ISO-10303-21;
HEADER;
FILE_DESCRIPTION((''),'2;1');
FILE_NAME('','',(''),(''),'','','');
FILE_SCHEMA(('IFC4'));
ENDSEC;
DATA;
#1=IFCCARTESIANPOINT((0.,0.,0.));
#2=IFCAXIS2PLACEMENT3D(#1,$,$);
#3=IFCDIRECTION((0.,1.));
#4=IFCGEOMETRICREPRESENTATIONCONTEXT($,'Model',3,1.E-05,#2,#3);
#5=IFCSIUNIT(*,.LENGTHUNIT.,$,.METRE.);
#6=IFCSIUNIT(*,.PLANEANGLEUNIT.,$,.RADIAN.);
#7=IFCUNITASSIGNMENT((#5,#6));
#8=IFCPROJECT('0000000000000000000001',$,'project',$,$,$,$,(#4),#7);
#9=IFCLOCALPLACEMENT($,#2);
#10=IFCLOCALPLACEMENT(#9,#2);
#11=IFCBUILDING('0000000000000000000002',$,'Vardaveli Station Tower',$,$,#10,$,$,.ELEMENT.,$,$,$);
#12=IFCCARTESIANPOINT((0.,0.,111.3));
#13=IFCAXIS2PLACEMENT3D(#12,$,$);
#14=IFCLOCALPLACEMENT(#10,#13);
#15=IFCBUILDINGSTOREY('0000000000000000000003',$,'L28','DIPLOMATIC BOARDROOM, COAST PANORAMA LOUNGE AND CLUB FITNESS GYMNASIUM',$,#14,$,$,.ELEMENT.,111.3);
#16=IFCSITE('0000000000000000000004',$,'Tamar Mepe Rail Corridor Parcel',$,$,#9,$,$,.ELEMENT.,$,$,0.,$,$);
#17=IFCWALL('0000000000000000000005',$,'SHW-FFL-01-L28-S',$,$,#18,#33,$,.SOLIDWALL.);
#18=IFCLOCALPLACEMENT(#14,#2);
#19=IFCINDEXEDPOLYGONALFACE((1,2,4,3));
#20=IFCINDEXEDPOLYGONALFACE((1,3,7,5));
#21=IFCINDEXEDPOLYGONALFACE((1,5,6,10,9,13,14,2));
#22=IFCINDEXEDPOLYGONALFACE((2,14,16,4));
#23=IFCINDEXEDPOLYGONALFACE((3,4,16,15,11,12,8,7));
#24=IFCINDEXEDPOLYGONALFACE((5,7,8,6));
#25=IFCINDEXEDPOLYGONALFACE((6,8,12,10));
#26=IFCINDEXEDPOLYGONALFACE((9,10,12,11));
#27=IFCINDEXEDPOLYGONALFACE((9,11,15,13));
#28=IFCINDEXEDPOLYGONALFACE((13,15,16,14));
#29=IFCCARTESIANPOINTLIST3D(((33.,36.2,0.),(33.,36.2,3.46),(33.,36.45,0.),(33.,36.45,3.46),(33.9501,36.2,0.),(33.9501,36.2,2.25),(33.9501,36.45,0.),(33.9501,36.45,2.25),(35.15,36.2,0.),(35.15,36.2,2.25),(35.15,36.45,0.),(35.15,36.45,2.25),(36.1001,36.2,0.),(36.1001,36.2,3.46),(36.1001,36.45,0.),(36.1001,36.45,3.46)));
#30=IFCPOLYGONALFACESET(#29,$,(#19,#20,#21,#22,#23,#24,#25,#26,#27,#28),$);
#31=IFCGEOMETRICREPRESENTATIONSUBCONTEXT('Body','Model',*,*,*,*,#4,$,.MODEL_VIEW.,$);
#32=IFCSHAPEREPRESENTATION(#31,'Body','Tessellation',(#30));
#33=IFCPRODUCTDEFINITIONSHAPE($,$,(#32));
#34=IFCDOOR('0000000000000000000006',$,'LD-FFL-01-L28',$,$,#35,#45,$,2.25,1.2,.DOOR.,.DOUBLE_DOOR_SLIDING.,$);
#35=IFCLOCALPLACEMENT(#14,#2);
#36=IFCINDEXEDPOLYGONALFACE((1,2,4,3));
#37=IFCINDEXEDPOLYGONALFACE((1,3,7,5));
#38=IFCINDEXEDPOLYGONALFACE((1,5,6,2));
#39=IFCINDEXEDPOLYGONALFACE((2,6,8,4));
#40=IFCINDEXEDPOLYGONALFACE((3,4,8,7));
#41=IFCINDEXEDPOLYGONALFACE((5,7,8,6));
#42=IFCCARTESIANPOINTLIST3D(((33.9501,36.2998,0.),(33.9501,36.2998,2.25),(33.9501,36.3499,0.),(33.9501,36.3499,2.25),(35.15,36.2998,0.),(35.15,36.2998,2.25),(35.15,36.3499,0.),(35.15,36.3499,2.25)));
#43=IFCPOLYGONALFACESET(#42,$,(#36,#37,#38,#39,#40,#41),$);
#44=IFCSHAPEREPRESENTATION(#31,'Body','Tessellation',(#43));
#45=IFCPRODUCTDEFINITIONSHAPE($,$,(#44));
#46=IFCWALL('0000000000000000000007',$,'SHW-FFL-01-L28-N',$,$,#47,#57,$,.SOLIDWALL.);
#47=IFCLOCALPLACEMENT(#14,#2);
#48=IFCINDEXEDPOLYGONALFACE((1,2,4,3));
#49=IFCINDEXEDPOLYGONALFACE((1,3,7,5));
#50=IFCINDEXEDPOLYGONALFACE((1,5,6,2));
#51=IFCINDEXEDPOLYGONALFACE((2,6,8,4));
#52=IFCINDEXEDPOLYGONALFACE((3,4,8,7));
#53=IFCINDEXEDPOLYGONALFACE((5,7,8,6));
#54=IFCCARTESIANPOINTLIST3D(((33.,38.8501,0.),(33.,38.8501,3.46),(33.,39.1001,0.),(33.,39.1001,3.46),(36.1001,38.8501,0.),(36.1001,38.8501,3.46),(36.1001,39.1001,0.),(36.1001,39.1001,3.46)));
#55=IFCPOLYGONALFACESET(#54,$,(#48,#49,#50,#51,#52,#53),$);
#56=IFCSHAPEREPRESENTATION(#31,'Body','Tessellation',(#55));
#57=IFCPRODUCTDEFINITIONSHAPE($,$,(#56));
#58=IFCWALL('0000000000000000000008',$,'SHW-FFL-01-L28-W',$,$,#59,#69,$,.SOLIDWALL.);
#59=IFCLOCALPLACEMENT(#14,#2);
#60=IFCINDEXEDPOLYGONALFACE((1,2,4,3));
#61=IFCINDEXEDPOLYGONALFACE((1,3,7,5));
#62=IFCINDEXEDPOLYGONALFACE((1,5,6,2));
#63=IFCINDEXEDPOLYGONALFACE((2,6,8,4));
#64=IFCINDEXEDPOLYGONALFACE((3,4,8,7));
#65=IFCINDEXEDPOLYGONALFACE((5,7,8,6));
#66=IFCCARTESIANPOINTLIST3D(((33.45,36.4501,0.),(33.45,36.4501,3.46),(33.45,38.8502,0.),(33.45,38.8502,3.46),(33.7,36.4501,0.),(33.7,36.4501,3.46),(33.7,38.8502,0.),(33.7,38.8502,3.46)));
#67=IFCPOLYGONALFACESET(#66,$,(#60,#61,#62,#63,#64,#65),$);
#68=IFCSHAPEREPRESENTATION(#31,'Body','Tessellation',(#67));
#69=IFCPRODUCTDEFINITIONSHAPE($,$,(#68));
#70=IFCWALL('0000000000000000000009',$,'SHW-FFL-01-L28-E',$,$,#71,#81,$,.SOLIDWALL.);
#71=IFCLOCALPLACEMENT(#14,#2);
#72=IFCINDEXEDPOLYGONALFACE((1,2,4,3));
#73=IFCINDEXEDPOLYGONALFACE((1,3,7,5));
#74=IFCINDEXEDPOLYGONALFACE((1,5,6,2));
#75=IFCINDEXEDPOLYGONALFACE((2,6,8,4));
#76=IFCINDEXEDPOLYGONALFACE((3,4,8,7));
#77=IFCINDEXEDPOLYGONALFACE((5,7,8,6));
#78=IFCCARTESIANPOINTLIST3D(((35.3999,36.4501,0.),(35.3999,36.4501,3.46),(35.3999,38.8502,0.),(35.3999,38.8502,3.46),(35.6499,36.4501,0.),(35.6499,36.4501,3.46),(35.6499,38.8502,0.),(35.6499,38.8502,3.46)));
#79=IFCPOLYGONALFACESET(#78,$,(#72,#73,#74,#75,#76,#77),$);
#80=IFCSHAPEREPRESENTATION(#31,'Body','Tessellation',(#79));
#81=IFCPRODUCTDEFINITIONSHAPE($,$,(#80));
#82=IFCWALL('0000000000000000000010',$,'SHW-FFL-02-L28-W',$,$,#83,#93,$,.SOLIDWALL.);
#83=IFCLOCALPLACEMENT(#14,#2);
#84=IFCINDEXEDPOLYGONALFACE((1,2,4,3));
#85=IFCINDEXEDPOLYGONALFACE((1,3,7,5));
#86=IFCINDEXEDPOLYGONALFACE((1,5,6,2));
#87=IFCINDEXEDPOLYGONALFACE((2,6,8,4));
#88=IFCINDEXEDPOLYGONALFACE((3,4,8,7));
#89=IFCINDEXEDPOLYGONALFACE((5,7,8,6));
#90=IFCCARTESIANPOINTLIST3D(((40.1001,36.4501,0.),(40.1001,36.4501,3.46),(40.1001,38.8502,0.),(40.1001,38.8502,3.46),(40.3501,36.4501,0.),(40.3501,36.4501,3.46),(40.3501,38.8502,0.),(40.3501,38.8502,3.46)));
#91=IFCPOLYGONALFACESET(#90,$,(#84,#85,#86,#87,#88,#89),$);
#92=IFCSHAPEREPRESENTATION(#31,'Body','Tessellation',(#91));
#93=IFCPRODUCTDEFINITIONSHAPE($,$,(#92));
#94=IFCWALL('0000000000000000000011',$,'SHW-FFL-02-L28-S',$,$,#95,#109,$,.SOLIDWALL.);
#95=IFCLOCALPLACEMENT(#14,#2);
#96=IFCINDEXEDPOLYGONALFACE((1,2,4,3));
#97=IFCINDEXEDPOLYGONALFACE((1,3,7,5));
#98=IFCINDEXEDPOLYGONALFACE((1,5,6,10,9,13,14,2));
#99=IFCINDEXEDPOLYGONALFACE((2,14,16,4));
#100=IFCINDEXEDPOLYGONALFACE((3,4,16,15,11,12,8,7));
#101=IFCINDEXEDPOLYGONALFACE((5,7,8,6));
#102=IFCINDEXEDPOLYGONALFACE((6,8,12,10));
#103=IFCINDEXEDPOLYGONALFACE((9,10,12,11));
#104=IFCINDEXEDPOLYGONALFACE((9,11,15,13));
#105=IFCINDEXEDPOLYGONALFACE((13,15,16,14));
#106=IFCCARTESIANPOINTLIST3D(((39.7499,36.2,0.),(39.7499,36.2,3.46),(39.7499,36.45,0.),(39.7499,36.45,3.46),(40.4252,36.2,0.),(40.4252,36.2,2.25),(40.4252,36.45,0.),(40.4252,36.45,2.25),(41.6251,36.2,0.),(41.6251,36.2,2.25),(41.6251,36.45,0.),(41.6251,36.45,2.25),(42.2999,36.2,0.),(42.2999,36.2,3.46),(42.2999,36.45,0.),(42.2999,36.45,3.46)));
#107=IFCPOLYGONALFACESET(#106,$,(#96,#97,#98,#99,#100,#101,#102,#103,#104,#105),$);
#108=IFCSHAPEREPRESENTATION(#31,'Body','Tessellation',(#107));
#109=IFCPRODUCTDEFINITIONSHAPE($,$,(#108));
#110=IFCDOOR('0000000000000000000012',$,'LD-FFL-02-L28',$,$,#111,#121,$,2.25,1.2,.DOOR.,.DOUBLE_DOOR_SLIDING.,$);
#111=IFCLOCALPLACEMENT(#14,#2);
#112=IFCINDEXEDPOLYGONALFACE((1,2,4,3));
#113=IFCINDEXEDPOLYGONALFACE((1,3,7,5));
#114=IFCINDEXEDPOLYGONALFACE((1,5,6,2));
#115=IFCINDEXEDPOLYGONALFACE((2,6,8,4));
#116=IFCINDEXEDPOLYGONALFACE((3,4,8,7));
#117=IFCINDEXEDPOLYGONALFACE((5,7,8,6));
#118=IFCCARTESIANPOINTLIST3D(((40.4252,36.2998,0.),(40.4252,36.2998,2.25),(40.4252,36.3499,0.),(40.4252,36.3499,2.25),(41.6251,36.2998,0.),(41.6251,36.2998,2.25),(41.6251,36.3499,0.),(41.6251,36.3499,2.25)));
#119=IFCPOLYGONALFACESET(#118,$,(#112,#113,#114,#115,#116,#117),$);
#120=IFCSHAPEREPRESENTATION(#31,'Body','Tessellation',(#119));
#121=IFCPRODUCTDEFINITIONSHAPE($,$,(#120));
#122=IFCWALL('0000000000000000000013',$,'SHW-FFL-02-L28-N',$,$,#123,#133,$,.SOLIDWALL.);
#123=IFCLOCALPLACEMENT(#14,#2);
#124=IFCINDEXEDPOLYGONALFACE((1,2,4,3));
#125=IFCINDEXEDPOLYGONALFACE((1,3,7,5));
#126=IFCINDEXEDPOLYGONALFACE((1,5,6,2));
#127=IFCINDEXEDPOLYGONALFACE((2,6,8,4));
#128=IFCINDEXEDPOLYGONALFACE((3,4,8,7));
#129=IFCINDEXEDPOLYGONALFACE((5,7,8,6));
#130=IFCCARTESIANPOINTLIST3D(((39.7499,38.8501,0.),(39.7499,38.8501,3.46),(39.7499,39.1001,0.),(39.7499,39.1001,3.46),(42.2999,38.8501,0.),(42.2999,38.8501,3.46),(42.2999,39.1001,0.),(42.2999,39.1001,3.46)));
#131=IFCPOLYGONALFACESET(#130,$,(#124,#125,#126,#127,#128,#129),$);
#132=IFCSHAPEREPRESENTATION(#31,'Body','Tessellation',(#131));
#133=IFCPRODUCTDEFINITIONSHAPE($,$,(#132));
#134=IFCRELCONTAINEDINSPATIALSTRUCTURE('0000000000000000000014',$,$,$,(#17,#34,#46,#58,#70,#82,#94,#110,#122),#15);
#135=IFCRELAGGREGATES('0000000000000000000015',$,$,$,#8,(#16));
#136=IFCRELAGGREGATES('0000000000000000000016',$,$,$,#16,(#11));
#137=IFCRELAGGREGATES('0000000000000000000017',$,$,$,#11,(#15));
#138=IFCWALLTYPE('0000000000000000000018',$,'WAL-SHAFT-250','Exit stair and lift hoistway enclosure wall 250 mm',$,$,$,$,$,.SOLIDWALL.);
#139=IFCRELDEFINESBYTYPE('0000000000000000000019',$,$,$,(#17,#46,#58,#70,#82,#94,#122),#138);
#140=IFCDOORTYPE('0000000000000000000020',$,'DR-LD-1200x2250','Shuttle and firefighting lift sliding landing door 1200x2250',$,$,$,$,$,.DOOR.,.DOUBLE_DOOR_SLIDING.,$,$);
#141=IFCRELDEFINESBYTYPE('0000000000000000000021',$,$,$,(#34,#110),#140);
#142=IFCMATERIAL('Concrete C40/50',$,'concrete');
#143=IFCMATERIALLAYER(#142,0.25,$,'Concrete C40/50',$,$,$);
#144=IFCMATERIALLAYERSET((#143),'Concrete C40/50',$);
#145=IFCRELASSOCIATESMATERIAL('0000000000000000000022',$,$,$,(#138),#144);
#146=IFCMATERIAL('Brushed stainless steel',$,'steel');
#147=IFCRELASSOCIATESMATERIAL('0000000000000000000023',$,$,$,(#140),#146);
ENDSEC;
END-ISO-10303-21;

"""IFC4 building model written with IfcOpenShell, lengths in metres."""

from ifc_helpers import new_model, si_unit, direction, frame, frame_2d, origin, place, context, subcontext, project, spatial, rectangle, extrude, source, transform, mapped, material, layer, layer_set, type_object, element, fill, save


model = new_model("IFC4")

# Units and contexts
model_context = context("Model", 3, precision=1e-05, world=origin(), true_north=direction((0.0, 1.0)))
body_context = subcontext(model_context, "Body", "Model", "MODEL_VIEW")
ifc_project = project(units=[si_unit("LENGTHUNIT", "METRE"), si_unit("PLANEANGLEUNIT", "RADIAN")], contexts=[model_context])

# Site, building, storey
site_placement = place(None, origin())
site = spatial("IfcSite", under=ifc_project, at=site_placement, Name="Tamar Mepe Rail Corridor Parcel", CompositionType="ELEMENT", RefElevation=0.0)
building_placement = place(site_placement, origin())
building = spatial("IfcBuilding", under=site, at=building_placement, Name="Vardaveli Station Tower", CompositionType="ELEMENT")
storey_placement = place(building_placement, frame((0.0, 0.0, 111.3)))
storey = spatial("IfcBuildingStorey", under=building, at=storey_placement, Name="L28", Description="DIPLOMATIC BOARDROOM, COAST PANORAMA LOUNGE AND CLUB FITNESS GYMNASIUM", CompositionType="ELEMENT", Elevation=111.3)

# Shared definitions
ifc_material_1 = material(Name="Concrete C40/50", Category="concrete")
ifc_layer_1 = layer(ifc_material_1, 0.25, Name="Concrete C40/50")
ifc_layer_set_1 = layer_set([ifc_layer_1], Name="Concrete C40/50")
wall_type = type_object("IfcWallType", Name="WAL-SHAFT-250", Description="Exit stair and lift hoistway enclosure wall 250 mm", PredefinedType="SOLIDWALL", material=ifc_layer_set_1)

# Wall, opening, door
shared_shape_1 = source(origin(), body_context, "Body", "SweptSolid", [
    extrude(rectangle(XDim=3.1001, YDim=0.25, at=frame_2d((1.55, 0.0))), origin(), (0.0, 0.0, 1.0), 3.46),
])
wall_1_placement = place(storey_placement, frame((33.0, 36.325, 0.0), z_axis=(0.0, 0.0, 1.0), x_axis=(1.0, 0.0, 0.0)))
wall_1 = element("IfcWall", 1, at=wall_1_placement, inside=storey, type_object=wall_type, Name="SHW-FFL-01-L28-S", PredefinedType="SOLIDWALL", context=body_context, shape_type="MappedRepresentation", body=[
    mapped(shared_shape_1, transform((0.0, 0.0, 0.0), scale=1.0)),
])
shared_shape_2 = source(origin(), body_context, "Body", "SweptSolid", [
    extrude(rectangle(XDim=1.2, YDim=2.25, at=frame_2d((0.6001, 1.125))), frame((0.0, 0.135, 0.0), z_axis=(0.0, -1.0, 0.0), x_axis=(1.0, 0.0, 0.0)), (0.0, 0.0, 1.0), 0.27),
])
opening_1_placement = place(wall_1_placement, frame((0.95, 0.0, 0.0)))
opening_1 = element("IfcOpeningElement", 2, at=opening_1_placement, cuts=wall_1, PredefinedType="OPENING", context=body_context, shape_type="MappedRepresentation", body=[
    mapped(shared_shape_2, transform((0.0, 0.0, 0.0), scale=1.0)),
])
ifc_material_2 = material(Name="Brushed stainless steel", Category="steel")
door_type = type_object("IfcDoorType", Name="DR-LD-1200x2250", Description="Shuttle and firefighting lift sliding landing door 1200x2250", OperationType="DOUBLE_DOOR_SLIDING", PredefinedType="DOOR", material=ifc_material_2)
shared_shape_3 = source(origin(), body_context, "Body", "SweptSolid", [
    extrude(rectangle(XDim=1.2, YDim=2.25, at=frame_2d((0.6001, 1.125))), frame((0.0, 0.0249, 0.0), z_axis=(0.0, -1.0, 0.0), x_axis=(1.0, 0.0, 0.0)), (0.0, 0.0, 1.0), 0.05),
])
door_1_placement = place(opening_1_placement, origin())
door_1 = element("IfcDoor", 3, at=door_1_placement, inside=storey, type_object=door_type, Name="LD-FFL-01-L28", OperationType="DOUBLE_DOOR_SLIDING", OverallHeight=2.25, OverallWidth=1.2, PredefinedType="DOOR", context=body_context, shape_type="MappedRepresentation", body=[
    mapped(shared_shape_3, transform((0.0, 0.0, 0.0), scale=1.0)),
])
fill(opening_1, door_1)

# Walls
wall_2_placement = place(storey_placement, frame((33.0, 38.9751, 0.0), z_axis=(0.0, 0.0, 1.0), x_axis=(1.0, 0.0, 0.0)))
element("IfcWall", 4, at=wall_2_placement, inside=storey, type_object=wall_type, Name="SHW-FFL-01-L28-N", PredefinedType="SOLIDWALL", context=body_context, shape_type="MappedRepresentation", body=[
    mapped(shared_shape_1, transform((0.0, 0.0, 0.0), scale=1.0)),
])
shared_shape_4 = source(origin(), body_context, "Body", "SweptSolid", [
    extrude(rectangle(XDim=2.4001, YDim=0.25, at=frame_2d((1.2002, 0.0))), origin(), (0.0, 0.0, 1.0), 3.46),
])
for number, where, z_axis, x_axis, name in (
    (5, (33.575, 36.45, 0.0), (0.0, 0.0, 1.0), (0.0, 1.0, 0.0), "SHW-FFL-01-L28-W"),
    (6, (35.5249, 36.45, 0.0), (0.0, 0.0, 1.0), (0.0, 1.0, 0.0), "SHW-FFL-01-L28-E"),
    (7, (40.2251, 36.45, 0.0), (0.0, 0.0, 1.0), (0.0, 1.0, 0.0), "SHW-FFL-02-L28-W"),
):
    element("IfcWall", number, at=place(storey_placement, frame(where, z_axis=z_axis, x_axis=x_axis)), inside=storey, type_object=wall_type, Name=name, PredefinedType="SOLIDWALL", context=body_context, shape_type="MappedRepresentation", body=[
        mapped(shared_shape_4, transform((0.0, 0.0, 0.0), scale=1.0)),
    ])

# Wall, opening, door
shared_shape_5 = source(origin(), body_context, "Body", "SweptSolid", [
    extrude(rectangle(XDim=2.55, YDim=0.25, at=frame_2d((1.2749, 0.0))), origin(), (0.0, 0.0, 1.0), 3.46),
])
wall_3_placement = place(storey_placement, frame((39.75, 36.325, 0.0), z_axis=(0.0, 0.0, 1.0), x_axis=(1.0, 0.0, 0.0)))
wall_3 = element("IfcWall", 8, at=wall_3_placement, inside=storey, type_object=wall_type, Name="SHW-FFL-02-L28-S", PredefinedType="SOLIDWALL", context=body_context, shape_type="MappedRepresentation", body=[
    mapped(shared_shape_5, transform((0.0, 0.0, 0.0), scale=1.0)),
])
opening_2_placement = place(wall_3_placement, frame((0.675, 0.0, 0.0)))
opening_2 = element("IfcOpeningElement", 9, at=opening_2_placement, cuts=wall_3, PredefinedType="OPENING", context=body_context, shape_type="MappedRepresentation", body=[
    mapped(shared_shape_2, transform((0.0, 0.0, 0.0), scale=1.0)),
])
door_2_placement = place(opening_2_placement, origin())
door_2 = element("IfcDoor", 10, at=door_2_placement, inside=storey, type_object=door_type, Name="LD-FFL-02-L28", OperationType="DOUBLE_DOOR_SLIDING", OverallHeight=2.25, OverallWidth=1.2, PredefinedType="DOOR", context=body_context, shape_type="MappedRepresentation", body=[
    mapped(shared_shape_3, transform((0.0, 0.0, 0.0), scale=1.0)),
])
fill(opening_2, door_2)

# Wall
wall_4_placement = place(storey_placement, frame((39.75, 38.9751, 0.0), z_axis=(0.0, 0.0, 1.0), x_axis=(1.0, 0.0, 0.0)))
element("IfcWall", 11, at=wall_4_placement, inside=storey, type_object=wall_type, Name="SHW-FFL-02-L28-N", PredefinedType="SOLIDWALL", context=body_context, shape_type="MappedRepresentation", body=[
    mapped(shared_shape_5, transform((0.0, 0.0, 0.0), scale=1.0)),
])

save(model, "model.ifc")
